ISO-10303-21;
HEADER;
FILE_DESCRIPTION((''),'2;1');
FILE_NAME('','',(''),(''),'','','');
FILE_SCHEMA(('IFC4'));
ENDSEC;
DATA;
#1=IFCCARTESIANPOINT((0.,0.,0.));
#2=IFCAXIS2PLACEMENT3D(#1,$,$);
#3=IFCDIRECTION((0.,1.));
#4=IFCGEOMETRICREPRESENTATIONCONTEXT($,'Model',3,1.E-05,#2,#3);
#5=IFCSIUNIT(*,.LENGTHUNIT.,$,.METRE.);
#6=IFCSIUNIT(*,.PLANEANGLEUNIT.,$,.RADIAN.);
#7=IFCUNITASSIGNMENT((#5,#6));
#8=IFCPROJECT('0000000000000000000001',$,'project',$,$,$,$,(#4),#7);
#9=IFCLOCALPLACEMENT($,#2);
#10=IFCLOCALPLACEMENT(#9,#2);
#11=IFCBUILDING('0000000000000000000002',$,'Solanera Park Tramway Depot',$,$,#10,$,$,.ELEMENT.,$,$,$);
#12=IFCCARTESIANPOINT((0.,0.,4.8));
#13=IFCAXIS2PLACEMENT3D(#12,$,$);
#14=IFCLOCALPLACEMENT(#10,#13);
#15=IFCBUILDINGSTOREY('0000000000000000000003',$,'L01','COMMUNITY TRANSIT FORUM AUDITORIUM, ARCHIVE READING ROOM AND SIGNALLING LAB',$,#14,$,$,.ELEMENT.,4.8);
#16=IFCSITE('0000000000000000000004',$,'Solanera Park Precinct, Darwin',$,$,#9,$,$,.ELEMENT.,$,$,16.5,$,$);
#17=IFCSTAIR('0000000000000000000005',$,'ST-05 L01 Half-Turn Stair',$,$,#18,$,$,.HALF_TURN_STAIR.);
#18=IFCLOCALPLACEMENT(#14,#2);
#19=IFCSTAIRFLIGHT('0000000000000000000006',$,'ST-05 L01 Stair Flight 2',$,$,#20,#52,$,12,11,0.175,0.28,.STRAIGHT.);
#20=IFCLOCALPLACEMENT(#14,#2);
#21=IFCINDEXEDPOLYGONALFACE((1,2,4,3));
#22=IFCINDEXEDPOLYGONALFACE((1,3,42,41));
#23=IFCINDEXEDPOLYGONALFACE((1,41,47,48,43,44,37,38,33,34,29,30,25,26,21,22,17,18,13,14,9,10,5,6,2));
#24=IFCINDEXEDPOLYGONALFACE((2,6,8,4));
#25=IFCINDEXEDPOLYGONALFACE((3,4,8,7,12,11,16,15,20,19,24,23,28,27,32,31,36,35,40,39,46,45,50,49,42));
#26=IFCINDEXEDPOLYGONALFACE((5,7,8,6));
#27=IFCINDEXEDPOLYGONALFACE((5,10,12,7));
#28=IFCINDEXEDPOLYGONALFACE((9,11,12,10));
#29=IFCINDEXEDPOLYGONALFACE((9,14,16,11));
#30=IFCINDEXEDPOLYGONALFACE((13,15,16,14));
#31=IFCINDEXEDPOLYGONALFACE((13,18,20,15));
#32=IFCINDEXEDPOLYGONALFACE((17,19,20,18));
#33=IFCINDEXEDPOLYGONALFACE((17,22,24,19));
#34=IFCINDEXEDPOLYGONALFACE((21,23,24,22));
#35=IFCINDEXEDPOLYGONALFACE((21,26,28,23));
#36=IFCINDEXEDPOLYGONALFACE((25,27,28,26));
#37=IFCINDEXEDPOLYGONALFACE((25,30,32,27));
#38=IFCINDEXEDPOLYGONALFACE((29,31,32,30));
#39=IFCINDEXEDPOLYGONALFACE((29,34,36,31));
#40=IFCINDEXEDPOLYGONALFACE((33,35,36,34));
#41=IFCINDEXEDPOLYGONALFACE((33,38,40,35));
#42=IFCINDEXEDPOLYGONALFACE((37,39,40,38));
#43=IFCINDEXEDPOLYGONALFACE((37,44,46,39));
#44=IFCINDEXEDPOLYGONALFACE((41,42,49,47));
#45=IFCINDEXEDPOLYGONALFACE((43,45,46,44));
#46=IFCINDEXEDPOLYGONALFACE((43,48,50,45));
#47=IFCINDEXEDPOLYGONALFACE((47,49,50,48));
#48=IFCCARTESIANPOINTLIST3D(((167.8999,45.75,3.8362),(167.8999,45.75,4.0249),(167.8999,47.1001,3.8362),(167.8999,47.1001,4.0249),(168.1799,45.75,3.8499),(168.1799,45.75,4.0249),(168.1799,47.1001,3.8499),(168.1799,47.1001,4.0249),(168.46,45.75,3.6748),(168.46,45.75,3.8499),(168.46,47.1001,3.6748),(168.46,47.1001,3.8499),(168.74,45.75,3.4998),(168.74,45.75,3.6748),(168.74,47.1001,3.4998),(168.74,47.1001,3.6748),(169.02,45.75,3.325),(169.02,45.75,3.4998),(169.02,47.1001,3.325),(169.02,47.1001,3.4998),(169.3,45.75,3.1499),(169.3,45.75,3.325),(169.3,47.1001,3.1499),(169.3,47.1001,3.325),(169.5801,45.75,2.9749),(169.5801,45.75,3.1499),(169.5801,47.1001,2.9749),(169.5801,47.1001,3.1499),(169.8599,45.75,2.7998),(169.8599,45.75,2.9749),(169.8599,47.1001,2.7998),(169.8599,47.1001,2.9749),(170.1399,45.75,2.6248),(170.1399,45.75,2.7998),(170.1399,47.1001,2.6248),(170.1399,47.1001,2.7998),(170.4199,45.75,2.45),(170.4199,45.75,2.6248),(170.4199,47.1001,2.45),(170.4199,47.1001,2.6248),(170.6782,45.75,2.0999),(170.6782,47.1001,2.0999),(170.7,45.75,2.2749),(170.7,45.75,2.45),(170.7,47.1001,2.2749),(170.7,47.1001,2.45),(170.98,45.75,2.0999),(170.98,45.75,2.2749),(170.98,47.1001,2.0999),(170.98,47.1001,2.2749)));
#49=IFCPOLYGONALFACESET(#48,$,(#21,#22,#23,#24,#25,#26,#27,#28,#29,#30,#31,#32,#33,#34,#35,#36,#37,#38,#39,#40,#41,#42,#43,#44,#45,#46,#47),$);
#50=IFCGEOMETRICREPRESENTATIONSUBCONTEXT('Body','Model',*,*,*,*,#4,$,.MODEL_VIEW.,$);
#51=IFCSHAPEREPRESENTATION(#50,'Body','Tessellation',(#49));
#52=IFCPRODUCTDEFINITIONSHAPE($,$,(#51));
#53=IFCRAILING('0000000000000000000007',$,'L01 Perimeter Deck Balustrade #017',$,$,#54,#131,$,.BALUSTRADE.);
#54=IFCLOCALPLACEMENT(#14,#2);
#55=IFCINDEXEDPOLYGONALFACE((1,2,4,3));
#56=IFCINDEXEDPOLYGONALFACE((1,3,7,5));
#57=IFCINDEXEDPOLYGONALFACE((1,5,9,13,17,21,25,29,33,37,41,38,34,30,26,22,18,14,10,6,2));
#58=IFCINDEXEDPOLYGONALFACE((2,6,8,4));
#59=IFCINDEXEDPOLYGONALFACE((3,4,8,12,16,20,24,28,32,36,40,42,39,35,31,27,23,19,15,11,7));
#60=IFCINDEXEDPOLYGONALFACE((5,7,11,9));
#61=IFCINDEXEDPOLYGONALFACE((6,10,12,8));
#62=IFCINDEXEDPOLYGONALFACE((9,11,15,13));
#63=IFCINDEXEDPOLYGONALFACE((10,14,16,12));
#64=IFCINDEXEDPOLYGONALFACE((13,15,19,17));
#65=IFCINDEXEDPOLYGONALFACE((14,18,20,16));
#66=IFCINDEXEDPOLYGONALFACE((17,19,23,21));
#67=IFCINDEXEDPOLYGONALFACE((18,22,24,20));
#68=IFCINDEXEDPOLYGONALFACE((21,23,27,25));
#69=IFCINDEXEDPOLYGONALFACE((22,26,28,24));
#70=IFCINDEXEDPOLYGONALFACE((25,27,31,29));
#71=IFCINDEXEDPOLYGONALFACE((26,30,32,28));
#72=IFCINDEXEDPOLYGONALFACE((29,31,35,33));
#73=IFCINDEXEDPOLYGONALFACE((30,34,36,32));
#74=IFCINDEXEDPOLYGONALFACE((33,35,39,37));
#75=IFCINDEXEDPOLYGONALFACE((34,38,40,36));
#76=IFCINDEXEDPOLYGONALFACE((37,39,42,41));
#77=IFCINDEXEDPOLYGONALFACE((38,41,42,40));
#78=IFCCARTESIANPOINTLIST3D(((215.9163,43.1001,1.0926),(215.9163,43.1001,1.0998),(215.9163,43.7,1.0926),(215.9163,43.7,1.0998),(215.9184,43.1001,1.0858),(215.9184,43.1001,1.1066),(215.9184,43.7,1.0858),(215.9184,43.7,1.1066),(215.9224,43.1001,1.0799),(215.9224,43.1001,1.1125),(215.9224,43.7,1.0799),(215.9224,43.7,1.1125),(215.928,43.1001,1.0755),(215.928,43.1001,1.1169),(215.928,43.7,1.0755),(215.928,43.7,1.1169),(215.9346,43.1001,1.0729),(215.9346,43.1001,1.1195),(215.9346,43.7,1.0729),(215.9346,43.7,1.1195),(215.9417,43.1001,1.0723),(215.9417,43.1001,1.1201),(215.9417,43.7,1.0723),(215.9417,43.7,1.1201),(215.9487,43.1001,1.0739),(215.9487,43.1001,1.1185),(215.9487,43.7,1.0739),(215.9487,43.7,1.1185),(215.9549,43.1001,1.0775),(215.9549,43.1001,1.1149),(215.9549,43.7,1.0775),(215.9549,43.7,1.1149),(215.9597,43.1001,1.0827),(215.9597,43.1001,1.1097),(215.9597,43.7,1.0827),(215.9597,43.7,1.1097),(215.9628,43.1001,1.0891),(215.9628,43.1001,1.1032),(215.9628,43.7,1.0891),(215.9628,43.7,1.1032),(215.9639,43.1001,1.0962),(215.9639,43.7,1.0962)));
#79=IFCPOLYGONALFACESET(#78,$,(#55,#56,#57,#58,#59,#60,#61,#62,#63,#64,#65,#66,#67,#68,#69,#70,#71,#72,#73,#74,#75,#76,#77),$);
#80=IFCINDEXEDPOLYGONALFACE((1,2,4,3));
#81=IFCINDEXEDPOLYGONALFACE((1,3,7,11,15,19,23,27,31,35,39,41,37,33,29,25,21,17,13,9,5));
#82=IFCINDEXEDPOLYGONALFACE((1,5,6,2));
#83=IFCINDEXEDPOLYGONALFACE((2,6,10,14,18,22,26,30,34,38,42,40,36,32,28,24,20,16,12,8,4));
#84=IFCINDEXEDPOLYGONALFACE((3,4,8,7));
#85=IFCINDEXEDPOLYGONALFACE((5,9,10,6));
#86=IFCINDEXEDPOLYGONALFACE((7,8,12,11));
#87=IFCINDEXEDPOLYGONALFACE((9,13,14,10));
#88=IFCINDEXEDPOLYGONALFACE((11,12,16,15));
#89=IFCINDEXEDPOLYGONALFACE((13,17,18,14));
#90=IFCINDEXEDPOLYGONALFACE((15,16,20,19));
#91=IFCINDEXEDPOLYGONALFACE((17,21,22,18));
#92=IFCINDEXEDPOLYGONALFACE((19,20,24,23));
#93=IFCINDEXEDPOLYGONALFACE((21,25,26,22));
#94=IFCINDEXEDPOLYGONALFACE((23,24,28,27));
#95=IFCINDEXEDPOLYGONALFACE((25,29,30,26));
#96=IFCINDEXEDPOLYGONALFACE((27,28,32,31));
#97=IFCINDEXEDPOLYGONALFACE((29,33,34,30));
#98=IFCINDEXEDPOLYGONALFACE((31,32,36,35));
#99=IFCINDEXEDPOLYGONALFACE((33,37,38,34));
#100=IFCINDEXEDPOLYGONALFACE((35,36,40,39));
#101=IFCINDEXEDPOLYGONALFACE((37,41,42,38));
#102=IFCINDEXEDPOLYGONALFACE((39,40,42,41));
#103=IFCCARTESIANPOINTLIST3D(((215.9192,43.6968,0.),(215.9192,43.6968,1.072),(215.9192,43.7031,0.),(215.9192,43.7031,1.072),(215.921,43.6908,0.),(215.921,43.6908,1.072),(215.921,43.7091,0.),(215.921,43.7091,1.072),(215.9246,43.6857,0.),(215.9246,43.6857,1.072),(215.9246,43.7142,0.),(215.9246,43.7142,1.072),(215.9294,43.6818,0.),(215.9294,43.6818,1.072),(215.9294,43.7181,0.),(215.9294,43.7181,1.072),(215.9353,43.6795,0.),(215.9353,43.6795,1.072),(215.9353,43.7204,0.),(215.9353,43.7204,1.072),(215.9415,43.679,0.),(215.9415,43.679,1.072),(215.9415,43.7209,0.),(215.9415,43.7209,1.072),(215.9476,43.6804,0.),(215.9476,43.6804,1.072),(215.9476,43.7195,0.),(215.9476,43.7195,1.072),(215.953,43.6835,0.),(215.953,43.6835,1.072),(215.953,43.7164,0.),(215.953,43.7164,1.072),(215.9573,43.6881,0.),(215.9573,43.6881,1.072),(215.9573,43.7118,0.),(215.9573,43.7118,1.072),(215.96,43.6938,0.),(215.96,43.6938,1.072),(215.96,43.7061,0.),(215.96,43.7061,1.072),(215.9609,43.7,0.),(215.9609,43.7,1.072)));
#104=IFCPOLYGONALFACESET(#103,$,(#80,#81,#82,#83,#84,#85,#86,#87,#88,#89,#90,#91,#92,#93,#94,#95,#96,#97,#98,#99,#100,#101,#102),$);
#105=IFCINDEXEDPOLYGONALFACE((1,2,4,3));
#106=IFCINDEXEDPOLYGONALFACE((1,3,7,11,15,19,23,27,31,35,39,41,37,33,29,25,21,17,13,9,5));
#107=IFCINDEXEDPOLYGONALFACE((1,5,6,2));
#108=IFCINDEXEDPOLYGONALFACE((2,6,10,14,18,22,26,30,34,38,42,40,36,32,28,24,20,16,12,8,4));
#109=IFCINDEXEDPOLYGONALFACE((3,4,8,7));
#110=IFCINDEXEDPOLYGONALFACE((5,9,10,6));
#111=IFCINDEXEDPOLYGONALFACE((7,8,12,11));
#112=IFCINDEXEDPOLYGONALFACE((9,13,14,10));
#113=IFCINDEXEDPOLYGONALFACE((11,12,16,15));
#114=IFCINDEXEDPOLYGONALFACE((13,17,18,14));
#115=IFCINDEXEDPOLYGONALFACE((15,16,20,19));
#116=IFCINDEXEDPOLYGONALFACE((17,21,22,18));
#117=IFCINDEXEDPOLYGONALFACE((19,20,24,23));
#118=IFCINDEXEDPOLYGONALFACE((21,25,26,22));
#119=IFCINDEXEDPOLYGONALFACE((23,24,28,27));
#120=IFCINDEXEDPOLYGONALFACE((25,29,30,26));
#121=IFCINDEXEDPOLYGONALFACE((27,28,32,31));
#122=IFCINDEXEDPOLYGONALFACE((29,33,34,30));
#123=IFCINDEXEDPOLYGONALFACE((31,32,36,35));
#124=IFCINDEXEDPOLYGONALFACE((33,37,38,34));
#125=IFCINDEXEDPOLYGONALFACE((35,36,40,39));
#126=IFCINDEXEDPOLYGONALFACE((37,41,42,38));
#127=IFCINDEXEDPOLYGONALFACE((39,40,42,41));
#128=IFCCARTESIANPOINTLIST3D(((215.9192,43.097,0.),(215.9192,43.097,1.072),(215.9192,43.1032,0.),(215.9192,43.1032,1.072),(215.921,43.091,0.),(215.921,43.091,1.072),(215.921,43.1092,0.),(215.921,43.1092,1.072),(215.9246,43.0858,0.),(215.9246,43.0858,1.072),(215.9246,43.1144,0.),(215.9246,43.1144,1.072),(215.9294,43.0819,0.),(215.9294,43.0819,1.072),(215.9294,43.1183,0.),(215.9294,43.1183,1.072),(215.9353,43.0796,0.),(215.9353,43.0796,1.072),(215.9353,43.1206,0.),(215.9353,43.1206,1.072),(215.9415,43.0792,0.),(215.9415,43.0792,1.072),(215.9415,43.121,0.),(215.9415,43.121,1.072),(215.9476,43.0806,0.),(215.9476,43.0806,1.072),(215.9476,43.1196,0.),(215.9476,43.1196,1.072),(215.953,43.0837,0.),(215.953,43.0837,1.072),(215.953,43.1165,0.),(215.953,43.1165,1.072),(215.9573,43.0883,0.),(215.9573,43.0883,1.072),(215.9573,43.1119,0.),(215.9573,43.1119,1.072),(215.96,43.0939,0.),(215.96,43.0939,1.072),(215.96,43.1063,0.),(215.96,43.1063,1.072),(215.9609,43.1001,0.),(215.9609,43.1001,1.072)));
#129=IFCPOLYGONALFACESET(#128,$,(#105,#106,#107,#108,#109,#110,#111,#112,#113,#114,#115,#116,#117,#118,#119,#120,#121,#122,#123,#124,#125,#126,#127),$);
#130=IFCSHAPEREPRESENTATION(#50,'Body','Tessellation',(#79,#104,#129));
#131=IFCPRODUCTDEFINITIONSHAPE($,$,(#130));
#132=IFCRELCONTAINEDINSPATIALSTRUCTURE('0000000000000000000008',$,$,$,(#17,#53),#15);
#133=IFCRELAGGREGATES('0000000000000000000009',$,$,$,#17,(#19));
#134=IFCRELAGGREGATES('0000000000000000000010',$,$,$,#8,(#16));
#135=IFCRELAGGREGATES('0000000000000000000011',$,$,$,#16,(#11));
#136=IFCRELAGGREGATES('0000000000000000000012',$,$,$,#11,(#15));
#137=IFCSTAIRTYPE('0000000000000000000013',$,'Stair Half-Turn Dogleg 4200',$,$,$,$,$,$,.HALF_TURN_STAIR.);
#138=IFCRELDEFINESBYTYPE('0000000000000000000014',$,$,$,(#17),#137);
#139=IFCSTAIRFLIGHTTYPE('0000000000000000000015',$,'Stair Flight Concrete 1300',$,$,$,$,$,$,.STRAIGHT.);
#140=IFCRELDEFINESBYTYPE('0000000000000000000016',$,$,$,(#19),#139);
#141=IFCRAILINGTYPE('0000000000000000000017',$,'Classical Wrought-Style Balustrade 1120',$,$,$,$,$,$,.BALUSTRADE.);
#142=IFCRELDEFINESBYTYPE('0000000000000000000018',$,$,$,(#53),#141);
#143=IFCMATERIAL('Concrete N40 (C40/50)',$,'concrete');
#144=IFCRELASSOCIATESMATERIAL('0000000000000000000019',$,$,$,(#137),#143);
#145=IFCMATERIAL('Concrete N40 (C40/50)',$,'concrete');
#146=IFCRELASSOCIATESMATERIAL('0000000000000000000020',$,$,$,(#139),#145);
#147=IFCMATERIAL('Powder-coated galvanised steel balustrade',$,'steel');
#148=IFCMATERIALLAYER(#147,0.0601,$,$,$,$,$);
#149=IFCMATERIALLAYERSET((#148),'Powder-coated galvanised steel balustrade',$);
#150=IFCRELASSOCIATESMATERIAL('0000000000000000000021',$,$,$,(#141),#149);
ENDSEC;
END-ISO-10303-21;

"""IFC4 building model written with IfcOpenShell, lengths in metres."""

from ifc_helpers import new_model, si_unit, direction, frame, origin, origin_2d, place, context, subcontext, project, spatial, polyline, circle, outline, extrude, material, layer, layer_set, type_object, element, aggregate, save


model = new_model("IFC4")

# Units and contexts
model_context = context("Model", 3, precision=1e-05, world=origin(), true_north=direction((0.0, 1.0)))
body_context = subcontext(model_context, "Body", "Model", "MODEL_VIEW")
ifc_project = project(units=[si_unit("LENGTHUNIT", "METRE"), si_unit("PLANEANGLEUNIT", "RADIAN")], contexts=[model_context])

# Site, building, storey
site_placement = place(None, origin())
site = spatial("IfcSite", under=ifc_project, at=site_placement, Name="Solanera Park Precinct, Darwin", CompositionType="ELEMENT", RefElevation=16.5)
building_placement = place(site_placement, origin())
building = spatial("IfcBuilding", under=site, at=building_placement, Name="Solanera Park Tramway Depot", CompositionType="ELEMENT")
storey_placement = place(building_placement, frame((0.0, 0.0, 4.8)))
storey = spatial("IfcBuildingStorey", under=building, at=storey_placement, Name="L01", Description="COMMUNITY TRANSIT FORUM AUDITORIUM, ARCHIVE READING ROOM AND SIGNALLING LAB", CompositionType="ELEMENT", Elevation=4.8)

# Stair, stair flight
ifc_material_1 = material(Name="Concrete N40 (C40/50)", Category="concrete")
stair_type = type_object("IfcStairType", Name="Stair Half-Turn Dogleg 4200", PredefinedType="HALF_TURN_STAIR", material=ifc_material_1)
stair_placement = place(storey_placement, origin())
stair = element("IfcStair", 1, at=stair_placement, inside=storey, type_object=stair_type, Name="ST-05 L01 Half-Turn Stair", PredefinedType="HALF_TURN_STAIR")
ifc_material_2 = material(Name="Concrete N40 (C40/50)", Category="concrete")
stair_flight_type = type_object("IfcStairFlightType", Name="Stair Flight Concrete 1300", PredefinedType="STRAIGHT", material=ifc_material_2)
stair_flight_1_placement = place(storey_placement, frame((170.98, 46.425, 2.0999), z_axis=(0.0, 0.0, 1.0), x_axis=(-1.0, 0.0, 0.0)))
stair_flight_1 = element("IfcStairFlight", 2, at=stair_flight_1_placement, type_object=stair_flight_type, Name="ST-05 L01 Stair Flight 2", NumberOfRisers=12, NumberOfTreads=11, PredefinedType="STRAIGHT", RiserHeight=0.175, TreadLength=0.28, context=body_context, shape_type="SweptSolid", body=[
    extrude(outline(polyline([(0.0, 0.0), (0.0, 0.175), (0.28, 0.175), (0.28, 0.3501), (0.5601, 0.3501), (0.5601, 0.5249), (0.8401, 0.5249), (0.8401, 0.7), (1.1201, 0.7), (1.1201, 0.875), (1.3999, 0.875), (1.3999, 1.05), (1.6799, 1.05), (1.6799, 1.2251), (1.96, 1.2251), (1.96, 1.3999), (2.24, 1.3999), (2.24, 1.575), (2.52, 1.575), (2.52, 1.75), (2.8, 1.75), (2.8, 1.925), (3.0801, 1.925), (3.0801, 2.1001), (3.0801, 1.7363), (0.3018, 0.0), (0.0, 0.0)])), frame((0.0, 0.675, 0.0), z_axis=(0.0, -1.0, 0.0), x_axis=(1.0, 0.0, 0.0)), (0.0, 0.0, 1.0), 1.3501),
])
aggregate(stair, [stair_flight_1])

# Railing
ifc_material_3 = material(Name="Powder-coated galvanised steel balustrade", Category="steel")
ifc_layer_1 = layer(ifc_material_3, 0.0601)
ifc_layer_set_1 = layer_set([ifc_layer_1], Name="Powder-coated galvanised steel balustrade")
railing_type_1 = type_object("IfcRailingType", Name="Classical Wrought-Style Balustrade 1120", PredefinedType="BALUSTRADE", material=ifc_layer_set_1)
railing_1_placement = place(storey_placement, frame((215.9399, 43.7, 0.0)))
element("IfcRailing", 3, at=railing_1_placement, inside=storey, type_object=railing_type_1, Name="L01 Perimeter Deck Balustrade #017", PredefinedType="BALUSTRADE", context=body_context, shape_type="SweptSolid", body=[
    extrude(circle(Radius=0.0239, at=origin_2d()), frame((0.0, 0.0, 1.0962), z_axis=(0.0, -1.0, 0.0), x_axis=(1.0, 0.0, 0.0)), (0.0, 0.0, 1.0), 0.5999),
    extrude(circle(Radius=0.021, at=origin_2d()), origin(), (0.0, 0.0, 1.0), 1.072),
    extrude(circle(Radius=0.021, at=origin_2d()), frame((0.0, -0.5999, 0.0)), (0.0, 0.0, 1.0), 1.072),
])

save(model, "model.ifc")
